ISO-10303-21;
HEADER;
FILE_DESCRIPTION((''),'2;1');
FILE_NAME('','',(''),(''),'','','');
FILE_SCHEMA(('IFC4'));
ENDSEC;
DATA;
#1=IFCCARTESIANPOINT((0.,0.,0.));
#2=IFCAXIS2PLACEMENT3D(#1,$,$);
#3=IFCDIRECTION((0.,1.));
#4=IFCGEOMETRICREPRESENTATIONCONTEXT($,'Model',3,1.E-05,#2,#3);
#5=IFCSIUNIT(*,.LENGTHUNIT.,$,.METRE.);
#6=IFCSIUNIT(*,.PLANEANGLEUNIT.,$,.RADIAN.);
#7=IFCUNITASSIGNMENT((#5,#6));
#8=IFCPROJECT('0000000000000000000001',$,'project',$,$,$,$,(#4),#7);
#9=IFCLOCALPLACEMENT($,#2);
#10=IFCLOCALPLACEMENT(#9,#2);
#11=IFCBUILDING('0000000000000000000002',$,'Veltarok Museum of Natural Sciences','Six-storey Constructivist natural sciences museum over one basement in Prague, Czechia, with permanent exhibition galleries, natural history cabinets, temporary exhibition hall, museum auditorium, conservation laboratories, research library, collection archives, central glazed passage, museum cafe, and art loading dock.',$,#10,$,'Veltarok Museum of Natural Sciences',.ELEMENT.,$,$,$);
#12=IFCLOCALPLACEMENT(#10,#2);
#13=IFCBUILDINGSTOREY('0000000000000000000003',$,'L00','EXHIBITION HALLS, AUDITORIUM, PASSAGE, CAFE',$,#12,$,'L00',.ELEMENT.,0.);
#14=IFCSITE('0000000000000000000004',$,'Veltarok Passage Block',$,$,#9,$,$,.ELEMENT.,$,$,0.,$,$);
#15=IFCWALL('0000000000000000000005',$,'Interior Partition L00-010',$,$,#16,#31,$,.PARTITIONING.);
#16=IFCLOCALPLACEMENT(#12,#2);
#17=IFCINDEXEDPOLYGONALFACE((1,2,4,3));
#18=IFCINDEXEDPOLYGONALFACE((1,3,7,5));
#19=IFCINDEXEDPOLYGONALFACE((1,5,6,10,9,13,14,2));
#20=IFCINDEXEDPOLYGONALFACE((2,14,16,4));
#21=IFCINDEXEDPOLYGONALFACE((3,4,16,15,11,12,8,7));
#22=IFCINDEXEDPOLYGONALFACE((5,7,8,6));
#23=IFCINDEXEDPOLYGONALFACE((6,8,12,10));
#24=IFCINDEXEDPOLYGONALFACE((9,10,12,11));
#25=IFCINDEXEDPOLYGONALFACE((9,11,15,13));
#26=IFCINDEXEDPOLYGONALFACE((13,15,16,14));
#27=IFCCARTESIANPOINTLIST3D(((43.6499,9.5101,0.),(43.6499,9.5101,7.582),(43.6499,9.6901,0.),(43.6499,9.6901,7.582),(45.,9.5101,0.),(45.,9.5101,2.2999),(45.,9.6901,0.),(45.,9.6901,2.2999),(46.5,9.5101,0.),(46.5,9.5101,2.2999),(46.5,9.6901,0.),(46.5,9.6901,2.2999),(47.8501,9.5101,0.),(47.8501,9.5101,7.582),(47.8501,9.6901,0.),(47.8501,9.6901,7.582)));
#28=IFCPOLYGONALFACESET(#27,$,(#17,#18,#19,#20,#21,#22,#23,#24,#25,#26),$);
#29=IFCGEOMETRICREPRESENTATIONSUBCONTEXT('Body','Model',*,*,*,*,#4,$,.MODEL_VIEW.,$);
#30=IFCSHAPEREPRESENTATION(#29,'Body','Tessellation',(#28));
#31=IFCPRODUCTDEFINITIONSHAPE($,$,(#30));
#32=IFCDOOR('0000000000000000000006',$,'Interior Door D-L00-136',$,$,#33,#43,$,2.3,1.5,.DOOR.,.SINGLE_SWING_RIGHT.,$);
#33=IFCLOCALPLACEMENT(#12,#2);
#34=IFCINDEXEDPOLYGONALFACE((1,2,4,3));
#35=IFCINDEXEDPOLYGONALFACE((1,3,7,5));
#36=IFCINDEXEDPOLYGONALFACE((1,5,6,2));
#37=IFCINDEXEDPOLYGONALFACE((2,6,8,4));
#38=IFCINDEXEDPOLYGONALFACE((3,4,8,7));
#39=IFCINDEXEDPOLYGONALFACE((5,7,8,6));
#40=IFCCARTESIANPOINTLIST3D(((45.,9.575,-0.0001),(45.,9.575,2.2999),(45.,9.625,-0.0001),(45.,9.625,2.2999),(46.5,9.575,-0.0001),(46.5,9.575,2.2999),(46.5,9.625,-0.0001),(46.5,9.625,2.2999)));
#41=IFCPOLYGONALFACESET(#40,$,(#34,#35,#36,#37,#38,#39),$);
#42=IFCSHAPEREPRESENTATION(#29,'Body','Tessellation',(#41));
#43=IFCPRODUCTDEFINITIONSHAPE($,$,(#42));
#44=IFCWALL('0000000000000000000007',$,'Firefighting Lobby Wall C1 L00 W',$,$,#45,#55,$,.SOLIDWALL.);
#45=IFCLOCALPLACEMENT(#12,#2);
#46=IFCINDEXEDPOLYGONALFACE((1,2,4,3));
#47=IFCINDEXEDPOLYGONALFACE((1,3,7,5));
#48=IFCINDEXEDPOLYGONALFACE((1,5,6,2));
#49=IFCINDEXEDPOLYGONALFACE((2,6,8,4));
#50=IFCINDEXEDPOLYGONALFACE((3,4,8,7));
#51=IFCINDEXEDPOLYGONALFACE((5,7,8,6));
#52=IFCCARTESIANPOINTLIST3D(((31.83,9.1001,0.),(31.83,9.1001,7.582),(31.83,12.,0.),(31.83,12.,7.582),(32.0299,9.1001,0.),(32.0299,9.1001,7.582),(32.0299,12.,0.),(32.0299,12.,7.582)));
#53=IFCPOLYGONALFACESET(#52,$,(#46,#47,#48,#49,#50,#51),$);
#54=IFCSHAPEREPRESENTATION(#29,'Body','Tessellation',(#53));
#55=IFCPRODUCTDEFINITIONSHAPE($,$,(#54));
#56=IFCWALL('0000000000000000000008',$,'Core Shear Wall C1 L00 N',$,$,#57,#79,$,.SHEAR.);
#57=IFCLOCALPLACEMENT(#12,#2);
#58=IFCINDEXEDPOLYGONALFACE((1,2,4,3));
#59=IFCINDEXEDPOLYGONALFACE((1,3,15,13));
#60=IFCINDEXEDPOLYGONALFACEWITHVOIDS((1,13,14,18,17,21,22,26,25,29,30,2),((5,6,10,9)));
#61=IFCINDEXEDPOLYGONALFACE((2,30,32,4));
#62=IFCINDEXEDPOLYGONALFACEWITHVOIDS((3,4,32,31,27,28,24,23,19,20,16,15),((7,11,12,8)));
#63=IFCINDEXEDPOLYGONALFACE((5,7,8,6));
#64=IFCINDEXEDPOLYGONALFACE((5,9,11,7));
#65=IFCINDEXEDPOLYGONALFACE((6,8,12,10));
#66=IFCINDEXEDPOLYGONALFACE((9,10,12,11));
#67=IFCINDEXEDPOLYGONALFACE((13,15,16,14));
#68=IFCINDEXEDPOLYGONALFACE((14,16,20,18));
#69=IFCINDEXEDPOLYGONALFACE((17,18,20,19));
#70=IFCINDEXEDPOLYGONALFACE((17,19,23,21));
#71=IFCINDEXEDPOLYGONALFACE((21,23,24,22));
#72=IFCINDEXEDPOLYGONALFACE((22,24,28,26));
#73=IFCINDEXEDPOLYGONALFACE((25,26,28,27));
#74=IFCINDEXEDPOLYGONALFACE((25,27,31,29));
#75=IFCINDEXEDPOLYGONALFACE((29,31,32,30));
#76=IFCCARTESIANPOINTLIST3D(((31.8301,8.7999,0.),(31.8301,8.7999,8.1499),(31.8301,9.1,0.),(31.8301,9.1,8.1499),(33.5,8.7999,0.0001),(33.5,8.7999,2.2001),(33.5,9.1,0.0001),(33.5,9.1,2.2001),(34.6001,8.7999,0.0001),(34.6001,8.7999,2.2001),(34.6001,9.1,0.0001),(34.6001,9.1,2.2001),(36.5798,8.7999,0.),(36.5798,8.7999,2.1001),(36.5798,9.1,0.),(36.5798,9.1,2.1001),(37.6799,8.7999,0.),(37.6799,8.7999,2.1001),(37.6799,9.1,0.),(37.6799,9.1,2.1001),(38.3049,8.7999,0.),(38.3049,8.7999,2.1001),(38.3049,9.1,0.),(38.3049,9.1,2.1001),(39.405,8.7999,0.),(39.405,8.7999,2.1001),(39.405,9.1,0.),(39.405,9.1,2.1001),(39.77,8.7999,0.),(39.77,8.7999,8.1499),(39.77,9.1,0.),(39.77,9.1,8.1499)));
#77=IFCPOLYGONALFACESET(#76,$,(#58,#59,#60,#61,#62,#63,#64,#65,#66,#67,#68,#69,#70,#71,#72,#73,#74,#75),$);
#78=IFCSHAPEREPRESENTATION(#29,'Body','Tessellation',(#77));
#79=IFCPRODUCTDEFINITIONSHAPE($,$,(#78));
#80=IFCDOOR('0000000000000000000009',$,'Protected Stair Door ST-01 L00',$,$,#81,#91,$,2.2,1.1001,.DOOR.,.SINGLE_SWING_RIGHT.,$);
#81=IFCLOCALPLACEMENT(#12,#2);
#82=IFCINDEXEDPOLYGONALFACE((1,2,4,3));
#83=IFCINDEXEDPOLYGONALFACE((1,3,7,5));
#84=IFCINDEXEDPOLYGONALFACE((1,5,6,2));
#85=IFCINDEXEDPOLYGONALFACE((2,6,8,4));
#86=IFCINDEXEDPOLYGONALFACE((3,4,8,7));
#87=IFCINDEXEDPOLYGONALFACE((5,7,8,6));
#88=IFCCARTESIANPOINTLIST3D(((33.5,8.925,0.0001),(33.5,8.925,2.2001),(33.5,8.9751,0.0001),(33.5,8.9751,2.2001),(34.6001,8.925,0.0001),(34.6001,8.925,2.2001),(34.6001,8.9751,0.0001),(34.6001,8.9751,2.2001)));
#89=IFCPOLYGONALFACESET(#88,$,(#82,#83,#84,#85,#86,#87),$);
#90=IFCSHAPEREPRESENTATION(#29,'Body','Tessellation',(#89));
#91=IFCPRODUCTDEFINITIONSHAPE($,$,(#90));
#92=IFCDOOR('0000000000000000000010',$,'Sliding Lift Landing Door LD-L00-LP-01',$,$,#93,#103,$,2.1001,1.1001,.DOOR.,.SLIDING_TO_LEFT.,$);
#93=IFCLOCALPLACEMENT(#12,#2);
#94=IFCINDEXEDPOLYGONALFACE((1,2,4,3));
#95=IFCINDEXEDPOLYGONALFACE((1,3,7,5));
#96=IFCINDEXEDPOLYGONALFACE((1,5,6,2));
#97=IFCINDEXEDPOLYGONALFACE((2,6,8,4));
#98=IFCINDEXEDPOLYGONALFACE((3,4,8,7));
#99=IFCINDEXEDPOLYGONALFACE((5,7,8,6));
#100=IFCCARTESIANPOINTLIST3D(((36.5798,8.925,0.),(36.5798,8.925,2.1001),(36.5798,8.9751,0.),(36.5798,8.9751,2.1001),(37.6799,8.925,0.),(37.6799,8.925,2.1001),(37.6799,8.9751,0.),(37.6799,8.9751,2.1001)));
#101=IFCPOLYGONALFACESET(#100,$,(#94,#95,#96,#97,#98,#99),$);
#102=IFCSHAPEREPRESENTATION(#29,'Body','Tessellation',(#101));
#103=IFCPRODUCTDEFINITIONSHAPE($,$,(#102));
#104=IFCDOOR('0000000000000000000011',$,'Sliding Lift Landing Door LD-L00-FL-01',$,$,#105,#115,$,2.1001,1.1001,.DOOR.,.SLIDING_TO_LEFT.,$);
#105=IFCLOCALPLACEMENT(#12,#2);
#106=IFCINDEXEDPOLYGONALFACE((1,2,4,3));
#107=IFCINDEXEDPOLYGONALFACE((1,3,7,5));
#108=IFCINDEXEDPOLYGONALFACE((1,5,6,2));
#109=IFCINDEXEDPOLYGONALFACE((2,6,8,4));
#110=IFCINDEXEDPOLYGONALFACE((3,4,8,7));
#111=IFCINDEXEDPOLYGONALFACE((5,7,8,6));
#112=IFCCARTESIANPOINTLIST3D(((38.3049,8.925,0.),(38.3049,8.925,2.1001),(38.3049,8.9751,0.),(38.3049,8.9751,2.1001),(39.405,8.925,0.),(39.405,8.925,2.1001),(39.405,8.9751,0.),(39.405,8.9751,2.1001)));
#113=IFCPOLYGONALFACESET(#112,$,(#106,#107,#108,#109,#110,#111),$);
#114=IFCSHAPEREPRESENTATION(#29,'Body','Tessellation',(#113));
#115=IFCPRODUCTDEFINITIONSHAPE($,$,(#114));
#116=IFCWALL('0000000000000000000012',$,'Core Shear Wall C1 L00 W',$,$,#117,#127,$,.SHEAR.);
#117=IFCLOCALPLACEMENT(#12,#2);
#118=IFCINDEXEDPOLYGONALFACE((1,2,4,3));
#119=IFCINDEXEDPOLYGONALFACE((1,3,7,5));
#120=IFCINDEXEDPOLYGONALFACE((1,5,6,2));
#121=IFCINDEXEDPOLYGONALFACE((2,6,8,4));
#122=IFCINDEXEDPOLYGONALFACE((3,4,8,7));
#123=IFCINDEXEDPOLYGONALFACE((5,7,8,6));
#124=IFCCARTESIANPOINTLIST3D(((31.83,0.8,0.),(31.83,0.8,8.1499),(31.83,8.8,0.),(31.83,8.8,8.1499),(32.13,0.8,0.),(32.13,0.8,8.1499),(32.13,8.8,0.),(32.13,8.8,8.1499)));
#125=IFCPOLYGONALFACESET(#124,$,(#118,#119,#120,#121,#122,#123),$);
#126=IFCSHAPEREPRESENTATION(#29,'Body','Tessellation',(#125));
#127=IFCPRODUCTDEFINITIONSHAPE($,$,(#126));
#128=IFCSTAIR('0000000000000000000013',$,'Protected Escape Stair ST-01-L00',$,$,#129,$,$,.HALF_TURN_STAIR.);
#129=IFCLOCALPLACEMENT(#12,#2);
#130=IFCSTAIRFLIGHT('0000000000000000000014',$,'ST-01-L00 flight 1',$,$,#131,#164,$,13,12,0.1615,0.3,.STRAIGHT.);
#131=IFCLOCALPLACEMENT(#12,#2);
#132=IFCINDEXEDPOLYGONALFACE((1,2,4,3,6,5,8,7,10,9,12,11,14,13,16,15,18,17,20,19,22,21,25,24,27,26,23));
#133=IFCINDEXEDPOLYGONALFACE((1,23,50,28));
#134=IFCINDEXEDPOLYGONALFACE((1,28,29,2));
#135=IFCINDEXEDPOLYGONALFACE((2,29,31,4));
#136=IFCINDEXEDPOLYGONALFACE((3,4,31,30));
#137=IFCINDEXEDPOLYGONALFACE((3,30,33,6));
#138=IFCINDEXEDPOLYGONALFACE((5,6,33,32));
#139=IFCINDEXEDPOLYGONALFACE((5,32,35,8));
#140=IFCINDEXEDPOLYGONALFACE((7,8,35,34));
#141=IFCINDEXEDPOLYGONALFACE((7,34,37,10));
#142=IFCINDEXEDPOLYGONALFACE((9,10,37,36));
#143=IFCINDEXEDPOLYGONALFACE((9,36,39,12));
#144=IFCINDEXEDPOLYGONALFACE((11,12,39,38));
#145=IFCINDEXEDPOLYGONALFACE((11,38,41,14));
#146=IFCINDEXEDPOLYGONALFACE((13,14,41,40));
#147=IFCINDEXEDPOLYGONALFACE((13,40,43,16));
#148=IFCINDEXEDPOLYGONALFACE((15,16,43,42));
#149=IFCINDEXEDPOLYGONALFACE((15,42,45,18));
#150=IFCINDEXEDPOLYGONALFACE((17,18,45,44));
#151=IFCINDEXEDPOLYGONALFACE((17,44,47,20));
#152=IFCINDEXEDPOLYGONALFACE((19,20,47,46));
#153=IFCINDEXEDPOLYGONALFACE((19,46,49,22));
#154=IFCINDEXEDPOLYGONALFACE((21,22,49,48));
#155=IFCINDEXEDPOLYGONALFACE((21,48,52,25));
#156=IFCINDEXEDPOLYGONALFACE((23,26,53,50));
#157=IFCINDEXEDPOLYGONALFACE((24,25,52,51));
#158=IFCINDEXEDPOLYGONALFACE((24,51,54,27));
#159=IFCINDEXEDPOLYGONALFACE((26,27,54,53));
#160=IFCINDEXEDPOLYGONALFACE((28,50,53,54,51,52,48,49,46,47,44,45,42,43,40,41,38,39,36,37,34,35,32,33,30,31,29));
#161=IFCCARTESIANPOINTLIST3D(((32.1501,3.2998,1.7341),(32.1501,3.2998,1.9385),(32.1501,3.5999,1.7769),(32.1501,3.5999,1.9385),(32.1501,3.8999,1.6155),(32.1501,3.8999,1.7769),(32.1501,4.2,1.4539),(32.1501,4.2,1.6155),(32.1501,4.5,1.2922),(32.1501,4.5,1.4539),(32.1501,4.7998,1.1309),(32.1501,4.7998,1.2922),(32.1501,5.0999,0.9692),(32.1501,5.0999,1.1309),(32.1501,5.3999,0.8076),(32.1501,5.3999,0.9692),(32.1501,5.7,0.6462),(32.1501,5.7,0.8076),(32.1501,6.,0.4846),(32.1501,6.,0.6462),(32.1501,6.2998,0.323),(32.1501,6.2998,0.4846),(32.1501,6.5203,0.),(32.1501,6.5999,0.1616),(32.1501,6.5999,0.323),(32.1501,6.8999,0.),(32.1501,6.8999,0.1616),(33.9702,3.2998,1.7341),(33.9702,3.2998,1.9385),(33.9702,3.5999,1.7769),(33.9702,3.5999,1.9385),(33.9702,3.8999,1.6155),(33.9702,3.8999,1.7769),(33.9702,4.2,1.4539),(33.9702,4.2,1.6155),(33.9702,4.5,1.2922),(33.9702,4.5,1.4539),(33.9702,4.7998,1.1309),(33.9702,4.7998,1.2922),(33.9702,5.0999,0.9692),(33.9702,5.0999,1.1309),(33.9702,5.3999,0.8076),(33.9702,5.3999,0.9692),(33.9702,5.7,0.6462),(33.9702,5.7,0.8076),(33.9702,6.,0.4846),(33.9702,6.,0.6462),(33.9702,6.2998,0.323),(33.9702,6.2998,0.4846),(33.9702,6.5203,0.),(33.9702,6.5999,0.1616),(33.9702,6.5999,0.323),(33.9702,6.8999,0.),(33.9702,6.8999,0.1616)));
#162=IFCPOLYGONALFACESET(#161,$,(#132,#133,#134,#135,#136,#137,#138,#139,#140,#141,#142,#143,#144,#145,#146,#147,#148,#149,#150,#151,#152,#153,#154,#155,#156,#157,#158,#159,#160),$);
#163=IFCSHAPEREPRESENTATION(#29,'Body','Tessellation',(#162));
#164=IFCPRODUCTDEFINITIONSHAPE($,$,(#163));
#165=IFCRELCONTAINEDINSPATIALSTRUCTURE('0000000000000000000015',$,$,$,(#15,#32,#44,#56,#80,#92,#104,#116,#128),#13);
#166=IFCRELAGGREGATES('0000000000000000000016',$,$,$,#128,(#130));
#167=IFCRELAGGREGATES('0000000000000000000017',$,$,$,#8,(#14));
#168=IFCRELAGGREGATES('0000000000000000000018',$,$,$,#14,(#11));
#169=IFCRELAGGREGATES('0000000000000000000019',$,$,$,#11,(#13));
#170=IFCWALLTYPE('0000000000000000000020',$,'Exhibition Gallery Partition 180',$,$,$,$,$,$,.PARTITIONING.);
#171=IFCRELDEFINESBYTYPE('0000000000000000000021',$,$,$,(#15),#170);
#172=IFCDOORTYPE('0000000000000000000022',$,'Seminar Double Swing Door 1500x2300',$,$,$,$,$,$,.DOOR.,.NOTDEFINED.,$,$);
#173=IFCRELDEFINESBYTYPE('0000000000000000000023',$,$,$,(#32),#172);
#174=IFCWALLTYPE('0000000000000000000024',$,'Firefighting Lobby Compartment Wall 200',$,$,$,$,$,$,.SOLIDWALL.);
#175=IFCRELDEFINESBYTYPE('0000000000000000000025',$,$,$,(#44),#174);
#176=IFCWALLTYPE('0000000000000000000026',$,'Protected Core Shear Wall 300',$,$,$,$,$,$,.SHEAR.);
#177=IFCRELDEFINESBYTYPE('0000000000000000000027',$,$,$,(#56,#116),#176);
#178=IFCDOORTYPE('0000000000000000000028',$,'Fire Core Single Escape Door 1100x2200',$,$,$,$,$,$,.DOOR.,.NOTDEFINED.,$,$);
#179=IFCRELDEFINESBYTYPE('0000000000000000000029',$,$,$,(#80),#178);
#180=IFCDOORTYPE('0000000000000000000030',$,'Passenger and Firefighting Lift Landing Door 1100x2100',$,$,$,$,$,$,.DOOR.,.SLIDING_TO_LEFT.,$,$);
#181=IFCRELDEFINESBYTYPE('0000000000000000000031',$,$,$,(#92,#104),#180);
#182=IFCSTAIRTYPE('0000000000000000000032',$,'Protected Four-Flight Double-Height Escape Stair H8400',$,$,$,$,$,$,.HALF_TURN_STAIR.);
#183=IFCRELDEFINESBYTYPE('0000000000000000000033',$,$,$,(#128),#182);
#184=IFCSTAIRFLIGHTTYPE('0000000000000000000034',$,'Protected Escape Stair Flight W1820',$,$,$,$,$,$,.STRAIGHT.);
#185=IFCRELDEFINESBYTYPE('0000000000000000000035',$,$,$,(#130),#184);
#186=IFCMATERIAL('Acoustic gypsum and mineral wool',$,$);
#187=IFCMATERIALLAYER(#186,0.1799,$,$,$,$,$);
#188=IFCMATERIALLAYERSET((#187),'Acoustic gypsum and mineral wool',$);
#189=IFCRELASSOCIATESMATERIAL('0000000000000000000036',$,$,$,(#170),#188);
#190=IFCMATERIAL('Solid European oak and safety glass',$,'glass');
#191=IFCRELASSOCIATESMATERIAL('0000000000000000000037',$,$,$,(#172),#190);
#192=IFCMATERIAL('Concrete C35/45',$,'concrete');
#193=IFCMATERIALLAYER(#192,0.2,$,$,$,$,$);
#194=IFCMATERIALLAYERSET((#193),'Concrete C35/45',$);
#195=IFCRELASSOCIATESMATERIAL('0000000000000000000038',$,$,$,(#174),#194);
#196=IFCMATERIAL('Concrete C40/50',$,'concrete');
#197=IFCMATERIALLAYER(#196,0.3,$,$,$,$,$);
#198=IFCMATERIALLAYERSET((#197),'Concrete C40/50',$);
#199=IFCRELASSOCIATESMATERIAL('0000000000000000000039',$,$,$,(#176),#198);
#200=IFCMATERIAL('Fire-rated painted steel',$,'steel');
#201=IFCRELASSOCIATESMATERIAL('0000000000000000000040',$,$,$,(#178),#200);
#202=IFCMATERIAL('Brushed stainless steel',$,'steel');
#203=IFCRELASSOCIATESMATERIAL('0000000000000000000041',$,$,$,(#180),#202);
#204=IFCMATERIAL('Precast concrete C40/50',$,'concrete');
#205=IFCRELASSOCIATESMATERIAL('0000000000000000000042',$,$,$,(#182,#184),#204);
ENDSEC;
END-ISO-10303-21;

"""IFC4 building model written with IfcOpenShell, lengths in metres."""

from ifc_helpers import new_model, si_unit, direction, frame, frame_2d, origin, place, context, subcontext, project, spatial, polyline, rectangle, outline, extrude, material, layer, layer_set, type_object, element, fill, aggregate, save


model = new_model("IFC4")

# Units and contexts
model_context = context("Model", 3, precision=1e-05, world=origin(), true_north=direction((0.0, 1.0)))
body_context = subcontext(model_context, "Body", "Model", "MODEL_VIEW")
ifc_project = project(units=[si_unit("LENGTHUNIT", "METRE"), si_unit("PLANEANGLEUNIT", "RADIAN")], contexts=[model_context])

# Site, building, storey
site_placement = place(None, origin())
site = spatial("IfcSite", under=ifc_project, at=site_placement, Name="Veltarok Passage Block", CompositionType="ELEMENT", RefElevation=0.0)
building_placement = place(site_placement, origin())
building = spatial("IfcBuilding", under=site, at=building_placement, Name="Veltarok Museum of Natural Sciences", Description="Six-storey Constructivist natural sciences museum over one basement in Prague, Czechia, with permanent exhibition galleries, natural history cabinets, temporary exhibition hall, museum auditorium, conservation laboratories, research library, collection archives, central glazed passage, museum cafe, and art loading dock.", LongName="Veltarok Museum of Natural Sciences", CompositionType="ELEMENT")
storey_placement = place(building_placement, origin())
storey = spatial("IfcBuildingStorey", under=building, at=storey_placement, Name="L00", Description="EXHIBITION HALLS, AUDITORIUM, PASSAGE, CAFE", LongName="L00", CompositionType="ELEMENT", Elevation=0.0)

# Wall, opening, door
ifc_material_1 = material(Name="Acoustic gypsum and mineral wool")
ifc_layer_1 = layer(ifc_material_1, 0.1799)
ifc_layer_set_1 = layer_set([ifc_layer_1], Name="Acoustic gypsum and mineral wool")
wall_type_1 = type_object("IfcWallType", Name="Exhibition Gallery Partition 180", PredefinedType="PARTITIONING", material=ifc_layer_set_1)
wall_1_placement = place(storey_placement, frame((43.6499, 9.6001, 0.0), z_axis=(0.0, 0.0, 1.0), x_axis=(1.0, 0.0, 0.0)))
wall_1 = element("IfcWall", 1, at=wall_1_placement, inside=storey, type_object=wall_type_1, Name="Interior Partition L00-010", PredefinedType="PARTITIONING", context=body_context, shape_type="SweptSolid", body=[
    extrude(rectangle(XDim=4.2002, YDim=0.1799, at=frame_2d((2.1001, 0.0))), origin(), (0.0, 0.0, 1.0), 7.582),
])
opening_1_placement = place(wall_1_placement, frame((1.3501, 0.0, 0.0)))
opening_1 = element("IfcOpeningElement", 2, at=opening_1_placement, cuts=wall_1, PredefinedType="OPENING", context=body_context, shape_type="SweptSolid", body=[
    extrude(rectangle(XDim=1.5, YDim=2.3, at=frame_2d((0.75, 1.1499))), frame((0.0, 0.1001, 0.0), z_axis=(0.0, -1.0, 0.0), x_axis=(1.0, 0.0, 0.0)), (0.0, 0.0, 1.0), 0.2),
])
ifc_material_2 = material(Name="Solid European oak and safety glass", Category="glass")
door_type_1 = type_object("IfcDoorType", Name="Seminar Double Swing Door 1500x2300", OperationType="NOTDEFINED", PredefinedType="DOOR", material=ifc_material_2)
door_1_placement = place(opening_1_placement, origin())
door_1 = element("IfcDoor", 3, at=door_1_placement, inside=storey, type_object=door_type_1, Name="Interior Door D-L00-136", OperationType="SINGLE_SWING_RIGHT", OverallHeight=2.3, OverallWidth=1.5, PredefinedType="DOOR", context=body_context, shape_type="SweptSolid", body=[
    extrude(rectangle(XDim=1.5, YDim=2.3, at=frame_2d((0.75, 1.1499))), frame((0.0, 0.0249, 0.0), z_axis=(0.0, -1.0, 0.0), x_axis=(1.0, 0.0, 0.0)), (0.0, 0.0, 1.0), 0.05),
])
fill(opening_1, door_1)

# Wall
ifc_material_3 = material(Name="Concrete C35/45", Category="concrete")
ifc_layer_2 = layer(ifc_material_3, 0.2)
ifc_layer_set_2 = layer_set([ifc_layer_2], Name="Concrete C35/45")
wall_type_2 = type_object("IfcWallType", Name="Firefighting Lobby Compartment Wall 200", PredefinedType="SOLIDWALL", material=ifc_layer_set_2)
wall_2_placement = place(storey_placement, frame((31.9299, 9.1001, 0.0), z_axis=(0.0, 0.0, 1.0), x_axis=(0.0, 1.0, 0.0)))
element("IfcWall", 4, at=wall_2_placement, inside=storey, type_object=wall_type_2, Name="Firefighting Lobby Wall C1 L00 W", PredefinedType="SOLIDWALL", context=body_context, shape_type="SweptSolid", body=[
    extrude(rectangle(XDim=2.8999, YDim=0.2, at=frame_2d((1.45, 0.0))), origin(), (0.0, 0.0, 1.0), 7.582),
])

# Wall, openings, doors
ifc_material_4 = material(Name="Concrete C40/50", Category="concrete")
ifc_layer_3 = layer(ifc_material_4, 0.3)
ifc_layer_set_3 = layer_set([ifc_layer_3], Name="Concrete C40/50")
wall_type_3 = type_object("IfcWallType", Name="Protected Core Shear Wall 300", PredefinedType="SHEAR", material=ifc_layer_set_3)
wall_3_placement = place(storey_placement, frame((39.77, 8.95, 0.0), z_axis=(0.0, 0.0, 1.0), x_axis=(-1.0, 0.0, 0.0)))
wall_3 = element("IfcWall", 5, at=wall_3_placement, inside=storey, type_object=wall_type_3, Name="Core Shear Wall C1 L00 N", PredefinedType="SHEAR", context=body_context, shape_type="SweptSolid", body=[
    extrude(rectangle(XDim=7.9399, YDim=0.3, at=frame_2d((3.97, 0.0))), origin(), (0.0, 0.0, 1.0), 8.1499),
])
opening_2_placement = place(wall_3_placement, frame((5.1699, 0.0, 0.0)))
opening_2 = element("IfcOpeningElement", 6, at=opening_2_placement, cuts=wall_3, PredefinedType="OPENING", context=body_context, shape_type="SweptSolid", body=[
    extrude(rectangle(XDim=1.1001, YDim=2.2, at=frame_2d((0.55, 1.1001))), frame((0.0, 0.1602, 0.0), z_axis=(0.0, -1.0, 0.0), x_axis=(1.0, 0.0, 0.0)), (0.0, 0.0, 1.0), 0.3201),
])
opening_3_placement = place(wall_3_placement, frame((2.0901, 0.0, 0.0)))
opening_3 = element("IfcOpeningElement", 7, at=opening_3_placement, cuts=wall_3, PredefinedType="OPENING", context=body_context, shape_type="SweptSolid", body=[
    extrude(rectangle(XDim=1.1001, YDim=2.1001, at=frame_2d((0.55, 1.05))), frame((0.0, 0.1602, 0.0), z_axis=(0.0, -1.0, 0.0), x_axis=(1.0, 0.0, 0.0)), (0.0, 0.0, 1.0), 0.3201),
])
opening_4_placement = place(wall_3_placement, frame((0.365, 0.0, 0.0)))
opening_4 = element("IfcOpeningElement", 8, at=opening_4_placement, cuts=wall_3, PredefinedType="OPENING", context=body_context, shape_type="SweptSolid", body=[
    extrude(rectangle(XDim=1.1001, YDim=2.1001, at=frame_2d((0.55, 1.05))), frame((0.0, 0.1602, 0.0), z_axis=(0.0, -1.0, 0.0), x_axis=(1.0, 0.0, 0.0)), (0.0, 0.0, 1.0), 0.3201),
])
ifc_material_5 = material(Name="Fire-rated painted steel", Category="steel")
door_type_2 = type_object("IfcDoorType", Name="Fire Core Single Escape Door 1100x2200", OperationType="NOTDEFINED", PredefinedType="DOOR", material=ifc_material_5)
door_2_placement = place(opening_2_placement, origin())
door_2 = element("IfcDoor", 9, at=door_2_placement, inside=storey, type_object=door_type_2, Name="Protected Stair Door ST-01 L00", OperationType="SINGLE_SWING_RIGHT", OverallHeight=2.2, OverallWidth=1.1001, PredefinedType="DOOR", context=body_context, shape_type="SweptSolid", body=[
    extrude(rectangle(XDim=1.1001, YDim=2.2, at=frame_2d((0.55, 1.1001))), frame((0.0, 0.0249, 0.0), z_axis=(0.0, -1.0, 0.0), x_axis=(1.0, 0.0, 0.0)), (0.0, 0.0, 1.0), 0.05),
])
fill(opening_2, door_2)
ifc_material_6 = material(Name="Brushed stainless steel", Category="steel")
door_type_3 = type_object("IfcDoorType", Name="Passenger and Firefighting Lift Landing Door 1100x2100", OperationType="SLIDING_TO_LEFT", PredefinedType="DOOR", material=ifc_material_6)
door_3_placement = place(opening_3_placement, origin())
door_3 = element("IfcDoor", 10, at=door_3_placement, inside=storey, type_object=door_type_3, Name="Sliding Lift Landing Door LD-L00-LP-01", OperationType="SLIDING_TO_LEFT", OverallHeight=2.1001, OverallWidth=1.1001, PredefinedType="DOOR", context=body_context, shape_type="SweptSolid", body=[
    extrude(rectangle(XDim=1.1001, YDim=2.1001, at=frame_2d((0.55, 1.05))), frame((0.0, 0.0249, 0.0), z_axis=(0.0, -1.0, 0.0), x_axis=(1.0, 0.0, 0.0)), (0.0, 0.0, 1.0), 0.05),
])
fill(opening_3, door_3)
door_4_placement = place(opening_4_placement, origin())
door_4 = element("IfcDoor", 11, at=door_4_placement, inside=storey, type_object=door_type_3, Name="Sliding Lift Landing Door LD-L00-FL-01", OperationType="SLIDING_TO_LEFT", OverallHeight=2.1001, OverallWidth=1.1001, PredefinedType="DOOR", context=body_context, shape_type="SweptSolid", body=[
    extrude(rectangle(XDim=1.1001, YDim=2.1001, at=frame_2d((0.55, 1.05))), frame((0.0, 0.0249, 0.0), z_axis=(0.0, -1.0, 0.0), x_axis=(1.0, 0.0, 0.0)), (0.0, 0.0, 1.0), 0.05),
])
fill(opening_4, door_4)

# Wall
wall_4_placement = place(storey_placement, frame((31.98, 8.8, 0.0), z_axis=(0.0, 0.0, 1.0), x_axis=(0.0, -1.0, 0.0)))
element("IfcWall", 12, at=wall_4_placement, inside=storey, type_object=wall_type_3, Name="Core Shear Wall C1 L00 W", PredefinedType="SHEAR", context=body_context, shape_type="SweptSolid", body=[
    extrude(rectangle(XDim=8.0, YDim=0.3, at=frame_2d((4.0, 0.0))), origin(), (0.0, 0.0, 1.0), 8.1499),
])

# Stair, stair flight
ifc_material_7 = material(Name="Precast concrete C40/50", Category="concrete")
stair_type = type_object("IfcStairType", Name="Protected Four-Flight Double-Height Escape Stair H8400", PredefinedType="HALF_TURN_STAIR", material=ifc_material_7)
stair_placement = place(storey_placement, origin())
stair = element("IfcStair", 13, at=stair_placement, inside=storey, type_object=stair_type, Name="Protected Escape Stair ST-01-L00", PredefinedType="HALF_TURN_STAIR")
stair_flight_type = type_object("IfcStairFlightType", Name="Protected Escape Stair Flight W1820", PredefinedType="STRAIGHT", material=ifc_material_7)
stair_flight_1_placement = place(storey_placement, frame((33.0601, 6.8999, 0.0), z_axis=(0.0, 0.0, 1.0), x_axis=(0.0, -1.0, 0.0)))
stair_flight_1 = element("IfcStairFlight", 14, at=stair_flight_1_placement, type_object=stair_flight_type, Name="ST-01-L00 flight 1", NumberOfRisers=13, NumberOfTreads=12, PredefinedType="STRAIGHT", RiserHeight=0.1615, TreadLength=0.3, context=body_context, shape_type="SweptSolid", body=[
    extrude(outline(polyline([(0.0, 0.0), (0.0, 0.1616), (0.3, 0.1616), (0.3, 0.323), (0.6001, 0.323), (0.6001, 0.4846), (0.8999, 0.4846), (0.8999, 0.6462), (1.2, 0.6462), (1.2, 0.8076), (1.5, 0.8076), (1.5, 0.9692), (1.8, 0.9692), (1.8, 1.1309), (2.1001, 1.1309), (2.1001, 1.2922), (2.3999, 1.2922), (2.3999, 1.4539), (2.7, 1.4539), (2.7, 1.6155), (3.0, 1.6155), (3.0, 1.7769), (3.3, 1.7769), (3.3, 1.9385), (3.6001, 1.9385), (3.6001, 2.1001), (3.6001, 1.7341), (0.3796, 0.0), (0.0, 0.0)])), frame((0.0, 0.9102, 0.0), z_axis=(0.0, -1.0, 0.0), x_axis=(1.0, 0.0, 0.0)), (0.0, 0.0, 1.0), 1.8201),
])
aggregate(stair, [stair_flight_1])

save(model, "model.ifc")
